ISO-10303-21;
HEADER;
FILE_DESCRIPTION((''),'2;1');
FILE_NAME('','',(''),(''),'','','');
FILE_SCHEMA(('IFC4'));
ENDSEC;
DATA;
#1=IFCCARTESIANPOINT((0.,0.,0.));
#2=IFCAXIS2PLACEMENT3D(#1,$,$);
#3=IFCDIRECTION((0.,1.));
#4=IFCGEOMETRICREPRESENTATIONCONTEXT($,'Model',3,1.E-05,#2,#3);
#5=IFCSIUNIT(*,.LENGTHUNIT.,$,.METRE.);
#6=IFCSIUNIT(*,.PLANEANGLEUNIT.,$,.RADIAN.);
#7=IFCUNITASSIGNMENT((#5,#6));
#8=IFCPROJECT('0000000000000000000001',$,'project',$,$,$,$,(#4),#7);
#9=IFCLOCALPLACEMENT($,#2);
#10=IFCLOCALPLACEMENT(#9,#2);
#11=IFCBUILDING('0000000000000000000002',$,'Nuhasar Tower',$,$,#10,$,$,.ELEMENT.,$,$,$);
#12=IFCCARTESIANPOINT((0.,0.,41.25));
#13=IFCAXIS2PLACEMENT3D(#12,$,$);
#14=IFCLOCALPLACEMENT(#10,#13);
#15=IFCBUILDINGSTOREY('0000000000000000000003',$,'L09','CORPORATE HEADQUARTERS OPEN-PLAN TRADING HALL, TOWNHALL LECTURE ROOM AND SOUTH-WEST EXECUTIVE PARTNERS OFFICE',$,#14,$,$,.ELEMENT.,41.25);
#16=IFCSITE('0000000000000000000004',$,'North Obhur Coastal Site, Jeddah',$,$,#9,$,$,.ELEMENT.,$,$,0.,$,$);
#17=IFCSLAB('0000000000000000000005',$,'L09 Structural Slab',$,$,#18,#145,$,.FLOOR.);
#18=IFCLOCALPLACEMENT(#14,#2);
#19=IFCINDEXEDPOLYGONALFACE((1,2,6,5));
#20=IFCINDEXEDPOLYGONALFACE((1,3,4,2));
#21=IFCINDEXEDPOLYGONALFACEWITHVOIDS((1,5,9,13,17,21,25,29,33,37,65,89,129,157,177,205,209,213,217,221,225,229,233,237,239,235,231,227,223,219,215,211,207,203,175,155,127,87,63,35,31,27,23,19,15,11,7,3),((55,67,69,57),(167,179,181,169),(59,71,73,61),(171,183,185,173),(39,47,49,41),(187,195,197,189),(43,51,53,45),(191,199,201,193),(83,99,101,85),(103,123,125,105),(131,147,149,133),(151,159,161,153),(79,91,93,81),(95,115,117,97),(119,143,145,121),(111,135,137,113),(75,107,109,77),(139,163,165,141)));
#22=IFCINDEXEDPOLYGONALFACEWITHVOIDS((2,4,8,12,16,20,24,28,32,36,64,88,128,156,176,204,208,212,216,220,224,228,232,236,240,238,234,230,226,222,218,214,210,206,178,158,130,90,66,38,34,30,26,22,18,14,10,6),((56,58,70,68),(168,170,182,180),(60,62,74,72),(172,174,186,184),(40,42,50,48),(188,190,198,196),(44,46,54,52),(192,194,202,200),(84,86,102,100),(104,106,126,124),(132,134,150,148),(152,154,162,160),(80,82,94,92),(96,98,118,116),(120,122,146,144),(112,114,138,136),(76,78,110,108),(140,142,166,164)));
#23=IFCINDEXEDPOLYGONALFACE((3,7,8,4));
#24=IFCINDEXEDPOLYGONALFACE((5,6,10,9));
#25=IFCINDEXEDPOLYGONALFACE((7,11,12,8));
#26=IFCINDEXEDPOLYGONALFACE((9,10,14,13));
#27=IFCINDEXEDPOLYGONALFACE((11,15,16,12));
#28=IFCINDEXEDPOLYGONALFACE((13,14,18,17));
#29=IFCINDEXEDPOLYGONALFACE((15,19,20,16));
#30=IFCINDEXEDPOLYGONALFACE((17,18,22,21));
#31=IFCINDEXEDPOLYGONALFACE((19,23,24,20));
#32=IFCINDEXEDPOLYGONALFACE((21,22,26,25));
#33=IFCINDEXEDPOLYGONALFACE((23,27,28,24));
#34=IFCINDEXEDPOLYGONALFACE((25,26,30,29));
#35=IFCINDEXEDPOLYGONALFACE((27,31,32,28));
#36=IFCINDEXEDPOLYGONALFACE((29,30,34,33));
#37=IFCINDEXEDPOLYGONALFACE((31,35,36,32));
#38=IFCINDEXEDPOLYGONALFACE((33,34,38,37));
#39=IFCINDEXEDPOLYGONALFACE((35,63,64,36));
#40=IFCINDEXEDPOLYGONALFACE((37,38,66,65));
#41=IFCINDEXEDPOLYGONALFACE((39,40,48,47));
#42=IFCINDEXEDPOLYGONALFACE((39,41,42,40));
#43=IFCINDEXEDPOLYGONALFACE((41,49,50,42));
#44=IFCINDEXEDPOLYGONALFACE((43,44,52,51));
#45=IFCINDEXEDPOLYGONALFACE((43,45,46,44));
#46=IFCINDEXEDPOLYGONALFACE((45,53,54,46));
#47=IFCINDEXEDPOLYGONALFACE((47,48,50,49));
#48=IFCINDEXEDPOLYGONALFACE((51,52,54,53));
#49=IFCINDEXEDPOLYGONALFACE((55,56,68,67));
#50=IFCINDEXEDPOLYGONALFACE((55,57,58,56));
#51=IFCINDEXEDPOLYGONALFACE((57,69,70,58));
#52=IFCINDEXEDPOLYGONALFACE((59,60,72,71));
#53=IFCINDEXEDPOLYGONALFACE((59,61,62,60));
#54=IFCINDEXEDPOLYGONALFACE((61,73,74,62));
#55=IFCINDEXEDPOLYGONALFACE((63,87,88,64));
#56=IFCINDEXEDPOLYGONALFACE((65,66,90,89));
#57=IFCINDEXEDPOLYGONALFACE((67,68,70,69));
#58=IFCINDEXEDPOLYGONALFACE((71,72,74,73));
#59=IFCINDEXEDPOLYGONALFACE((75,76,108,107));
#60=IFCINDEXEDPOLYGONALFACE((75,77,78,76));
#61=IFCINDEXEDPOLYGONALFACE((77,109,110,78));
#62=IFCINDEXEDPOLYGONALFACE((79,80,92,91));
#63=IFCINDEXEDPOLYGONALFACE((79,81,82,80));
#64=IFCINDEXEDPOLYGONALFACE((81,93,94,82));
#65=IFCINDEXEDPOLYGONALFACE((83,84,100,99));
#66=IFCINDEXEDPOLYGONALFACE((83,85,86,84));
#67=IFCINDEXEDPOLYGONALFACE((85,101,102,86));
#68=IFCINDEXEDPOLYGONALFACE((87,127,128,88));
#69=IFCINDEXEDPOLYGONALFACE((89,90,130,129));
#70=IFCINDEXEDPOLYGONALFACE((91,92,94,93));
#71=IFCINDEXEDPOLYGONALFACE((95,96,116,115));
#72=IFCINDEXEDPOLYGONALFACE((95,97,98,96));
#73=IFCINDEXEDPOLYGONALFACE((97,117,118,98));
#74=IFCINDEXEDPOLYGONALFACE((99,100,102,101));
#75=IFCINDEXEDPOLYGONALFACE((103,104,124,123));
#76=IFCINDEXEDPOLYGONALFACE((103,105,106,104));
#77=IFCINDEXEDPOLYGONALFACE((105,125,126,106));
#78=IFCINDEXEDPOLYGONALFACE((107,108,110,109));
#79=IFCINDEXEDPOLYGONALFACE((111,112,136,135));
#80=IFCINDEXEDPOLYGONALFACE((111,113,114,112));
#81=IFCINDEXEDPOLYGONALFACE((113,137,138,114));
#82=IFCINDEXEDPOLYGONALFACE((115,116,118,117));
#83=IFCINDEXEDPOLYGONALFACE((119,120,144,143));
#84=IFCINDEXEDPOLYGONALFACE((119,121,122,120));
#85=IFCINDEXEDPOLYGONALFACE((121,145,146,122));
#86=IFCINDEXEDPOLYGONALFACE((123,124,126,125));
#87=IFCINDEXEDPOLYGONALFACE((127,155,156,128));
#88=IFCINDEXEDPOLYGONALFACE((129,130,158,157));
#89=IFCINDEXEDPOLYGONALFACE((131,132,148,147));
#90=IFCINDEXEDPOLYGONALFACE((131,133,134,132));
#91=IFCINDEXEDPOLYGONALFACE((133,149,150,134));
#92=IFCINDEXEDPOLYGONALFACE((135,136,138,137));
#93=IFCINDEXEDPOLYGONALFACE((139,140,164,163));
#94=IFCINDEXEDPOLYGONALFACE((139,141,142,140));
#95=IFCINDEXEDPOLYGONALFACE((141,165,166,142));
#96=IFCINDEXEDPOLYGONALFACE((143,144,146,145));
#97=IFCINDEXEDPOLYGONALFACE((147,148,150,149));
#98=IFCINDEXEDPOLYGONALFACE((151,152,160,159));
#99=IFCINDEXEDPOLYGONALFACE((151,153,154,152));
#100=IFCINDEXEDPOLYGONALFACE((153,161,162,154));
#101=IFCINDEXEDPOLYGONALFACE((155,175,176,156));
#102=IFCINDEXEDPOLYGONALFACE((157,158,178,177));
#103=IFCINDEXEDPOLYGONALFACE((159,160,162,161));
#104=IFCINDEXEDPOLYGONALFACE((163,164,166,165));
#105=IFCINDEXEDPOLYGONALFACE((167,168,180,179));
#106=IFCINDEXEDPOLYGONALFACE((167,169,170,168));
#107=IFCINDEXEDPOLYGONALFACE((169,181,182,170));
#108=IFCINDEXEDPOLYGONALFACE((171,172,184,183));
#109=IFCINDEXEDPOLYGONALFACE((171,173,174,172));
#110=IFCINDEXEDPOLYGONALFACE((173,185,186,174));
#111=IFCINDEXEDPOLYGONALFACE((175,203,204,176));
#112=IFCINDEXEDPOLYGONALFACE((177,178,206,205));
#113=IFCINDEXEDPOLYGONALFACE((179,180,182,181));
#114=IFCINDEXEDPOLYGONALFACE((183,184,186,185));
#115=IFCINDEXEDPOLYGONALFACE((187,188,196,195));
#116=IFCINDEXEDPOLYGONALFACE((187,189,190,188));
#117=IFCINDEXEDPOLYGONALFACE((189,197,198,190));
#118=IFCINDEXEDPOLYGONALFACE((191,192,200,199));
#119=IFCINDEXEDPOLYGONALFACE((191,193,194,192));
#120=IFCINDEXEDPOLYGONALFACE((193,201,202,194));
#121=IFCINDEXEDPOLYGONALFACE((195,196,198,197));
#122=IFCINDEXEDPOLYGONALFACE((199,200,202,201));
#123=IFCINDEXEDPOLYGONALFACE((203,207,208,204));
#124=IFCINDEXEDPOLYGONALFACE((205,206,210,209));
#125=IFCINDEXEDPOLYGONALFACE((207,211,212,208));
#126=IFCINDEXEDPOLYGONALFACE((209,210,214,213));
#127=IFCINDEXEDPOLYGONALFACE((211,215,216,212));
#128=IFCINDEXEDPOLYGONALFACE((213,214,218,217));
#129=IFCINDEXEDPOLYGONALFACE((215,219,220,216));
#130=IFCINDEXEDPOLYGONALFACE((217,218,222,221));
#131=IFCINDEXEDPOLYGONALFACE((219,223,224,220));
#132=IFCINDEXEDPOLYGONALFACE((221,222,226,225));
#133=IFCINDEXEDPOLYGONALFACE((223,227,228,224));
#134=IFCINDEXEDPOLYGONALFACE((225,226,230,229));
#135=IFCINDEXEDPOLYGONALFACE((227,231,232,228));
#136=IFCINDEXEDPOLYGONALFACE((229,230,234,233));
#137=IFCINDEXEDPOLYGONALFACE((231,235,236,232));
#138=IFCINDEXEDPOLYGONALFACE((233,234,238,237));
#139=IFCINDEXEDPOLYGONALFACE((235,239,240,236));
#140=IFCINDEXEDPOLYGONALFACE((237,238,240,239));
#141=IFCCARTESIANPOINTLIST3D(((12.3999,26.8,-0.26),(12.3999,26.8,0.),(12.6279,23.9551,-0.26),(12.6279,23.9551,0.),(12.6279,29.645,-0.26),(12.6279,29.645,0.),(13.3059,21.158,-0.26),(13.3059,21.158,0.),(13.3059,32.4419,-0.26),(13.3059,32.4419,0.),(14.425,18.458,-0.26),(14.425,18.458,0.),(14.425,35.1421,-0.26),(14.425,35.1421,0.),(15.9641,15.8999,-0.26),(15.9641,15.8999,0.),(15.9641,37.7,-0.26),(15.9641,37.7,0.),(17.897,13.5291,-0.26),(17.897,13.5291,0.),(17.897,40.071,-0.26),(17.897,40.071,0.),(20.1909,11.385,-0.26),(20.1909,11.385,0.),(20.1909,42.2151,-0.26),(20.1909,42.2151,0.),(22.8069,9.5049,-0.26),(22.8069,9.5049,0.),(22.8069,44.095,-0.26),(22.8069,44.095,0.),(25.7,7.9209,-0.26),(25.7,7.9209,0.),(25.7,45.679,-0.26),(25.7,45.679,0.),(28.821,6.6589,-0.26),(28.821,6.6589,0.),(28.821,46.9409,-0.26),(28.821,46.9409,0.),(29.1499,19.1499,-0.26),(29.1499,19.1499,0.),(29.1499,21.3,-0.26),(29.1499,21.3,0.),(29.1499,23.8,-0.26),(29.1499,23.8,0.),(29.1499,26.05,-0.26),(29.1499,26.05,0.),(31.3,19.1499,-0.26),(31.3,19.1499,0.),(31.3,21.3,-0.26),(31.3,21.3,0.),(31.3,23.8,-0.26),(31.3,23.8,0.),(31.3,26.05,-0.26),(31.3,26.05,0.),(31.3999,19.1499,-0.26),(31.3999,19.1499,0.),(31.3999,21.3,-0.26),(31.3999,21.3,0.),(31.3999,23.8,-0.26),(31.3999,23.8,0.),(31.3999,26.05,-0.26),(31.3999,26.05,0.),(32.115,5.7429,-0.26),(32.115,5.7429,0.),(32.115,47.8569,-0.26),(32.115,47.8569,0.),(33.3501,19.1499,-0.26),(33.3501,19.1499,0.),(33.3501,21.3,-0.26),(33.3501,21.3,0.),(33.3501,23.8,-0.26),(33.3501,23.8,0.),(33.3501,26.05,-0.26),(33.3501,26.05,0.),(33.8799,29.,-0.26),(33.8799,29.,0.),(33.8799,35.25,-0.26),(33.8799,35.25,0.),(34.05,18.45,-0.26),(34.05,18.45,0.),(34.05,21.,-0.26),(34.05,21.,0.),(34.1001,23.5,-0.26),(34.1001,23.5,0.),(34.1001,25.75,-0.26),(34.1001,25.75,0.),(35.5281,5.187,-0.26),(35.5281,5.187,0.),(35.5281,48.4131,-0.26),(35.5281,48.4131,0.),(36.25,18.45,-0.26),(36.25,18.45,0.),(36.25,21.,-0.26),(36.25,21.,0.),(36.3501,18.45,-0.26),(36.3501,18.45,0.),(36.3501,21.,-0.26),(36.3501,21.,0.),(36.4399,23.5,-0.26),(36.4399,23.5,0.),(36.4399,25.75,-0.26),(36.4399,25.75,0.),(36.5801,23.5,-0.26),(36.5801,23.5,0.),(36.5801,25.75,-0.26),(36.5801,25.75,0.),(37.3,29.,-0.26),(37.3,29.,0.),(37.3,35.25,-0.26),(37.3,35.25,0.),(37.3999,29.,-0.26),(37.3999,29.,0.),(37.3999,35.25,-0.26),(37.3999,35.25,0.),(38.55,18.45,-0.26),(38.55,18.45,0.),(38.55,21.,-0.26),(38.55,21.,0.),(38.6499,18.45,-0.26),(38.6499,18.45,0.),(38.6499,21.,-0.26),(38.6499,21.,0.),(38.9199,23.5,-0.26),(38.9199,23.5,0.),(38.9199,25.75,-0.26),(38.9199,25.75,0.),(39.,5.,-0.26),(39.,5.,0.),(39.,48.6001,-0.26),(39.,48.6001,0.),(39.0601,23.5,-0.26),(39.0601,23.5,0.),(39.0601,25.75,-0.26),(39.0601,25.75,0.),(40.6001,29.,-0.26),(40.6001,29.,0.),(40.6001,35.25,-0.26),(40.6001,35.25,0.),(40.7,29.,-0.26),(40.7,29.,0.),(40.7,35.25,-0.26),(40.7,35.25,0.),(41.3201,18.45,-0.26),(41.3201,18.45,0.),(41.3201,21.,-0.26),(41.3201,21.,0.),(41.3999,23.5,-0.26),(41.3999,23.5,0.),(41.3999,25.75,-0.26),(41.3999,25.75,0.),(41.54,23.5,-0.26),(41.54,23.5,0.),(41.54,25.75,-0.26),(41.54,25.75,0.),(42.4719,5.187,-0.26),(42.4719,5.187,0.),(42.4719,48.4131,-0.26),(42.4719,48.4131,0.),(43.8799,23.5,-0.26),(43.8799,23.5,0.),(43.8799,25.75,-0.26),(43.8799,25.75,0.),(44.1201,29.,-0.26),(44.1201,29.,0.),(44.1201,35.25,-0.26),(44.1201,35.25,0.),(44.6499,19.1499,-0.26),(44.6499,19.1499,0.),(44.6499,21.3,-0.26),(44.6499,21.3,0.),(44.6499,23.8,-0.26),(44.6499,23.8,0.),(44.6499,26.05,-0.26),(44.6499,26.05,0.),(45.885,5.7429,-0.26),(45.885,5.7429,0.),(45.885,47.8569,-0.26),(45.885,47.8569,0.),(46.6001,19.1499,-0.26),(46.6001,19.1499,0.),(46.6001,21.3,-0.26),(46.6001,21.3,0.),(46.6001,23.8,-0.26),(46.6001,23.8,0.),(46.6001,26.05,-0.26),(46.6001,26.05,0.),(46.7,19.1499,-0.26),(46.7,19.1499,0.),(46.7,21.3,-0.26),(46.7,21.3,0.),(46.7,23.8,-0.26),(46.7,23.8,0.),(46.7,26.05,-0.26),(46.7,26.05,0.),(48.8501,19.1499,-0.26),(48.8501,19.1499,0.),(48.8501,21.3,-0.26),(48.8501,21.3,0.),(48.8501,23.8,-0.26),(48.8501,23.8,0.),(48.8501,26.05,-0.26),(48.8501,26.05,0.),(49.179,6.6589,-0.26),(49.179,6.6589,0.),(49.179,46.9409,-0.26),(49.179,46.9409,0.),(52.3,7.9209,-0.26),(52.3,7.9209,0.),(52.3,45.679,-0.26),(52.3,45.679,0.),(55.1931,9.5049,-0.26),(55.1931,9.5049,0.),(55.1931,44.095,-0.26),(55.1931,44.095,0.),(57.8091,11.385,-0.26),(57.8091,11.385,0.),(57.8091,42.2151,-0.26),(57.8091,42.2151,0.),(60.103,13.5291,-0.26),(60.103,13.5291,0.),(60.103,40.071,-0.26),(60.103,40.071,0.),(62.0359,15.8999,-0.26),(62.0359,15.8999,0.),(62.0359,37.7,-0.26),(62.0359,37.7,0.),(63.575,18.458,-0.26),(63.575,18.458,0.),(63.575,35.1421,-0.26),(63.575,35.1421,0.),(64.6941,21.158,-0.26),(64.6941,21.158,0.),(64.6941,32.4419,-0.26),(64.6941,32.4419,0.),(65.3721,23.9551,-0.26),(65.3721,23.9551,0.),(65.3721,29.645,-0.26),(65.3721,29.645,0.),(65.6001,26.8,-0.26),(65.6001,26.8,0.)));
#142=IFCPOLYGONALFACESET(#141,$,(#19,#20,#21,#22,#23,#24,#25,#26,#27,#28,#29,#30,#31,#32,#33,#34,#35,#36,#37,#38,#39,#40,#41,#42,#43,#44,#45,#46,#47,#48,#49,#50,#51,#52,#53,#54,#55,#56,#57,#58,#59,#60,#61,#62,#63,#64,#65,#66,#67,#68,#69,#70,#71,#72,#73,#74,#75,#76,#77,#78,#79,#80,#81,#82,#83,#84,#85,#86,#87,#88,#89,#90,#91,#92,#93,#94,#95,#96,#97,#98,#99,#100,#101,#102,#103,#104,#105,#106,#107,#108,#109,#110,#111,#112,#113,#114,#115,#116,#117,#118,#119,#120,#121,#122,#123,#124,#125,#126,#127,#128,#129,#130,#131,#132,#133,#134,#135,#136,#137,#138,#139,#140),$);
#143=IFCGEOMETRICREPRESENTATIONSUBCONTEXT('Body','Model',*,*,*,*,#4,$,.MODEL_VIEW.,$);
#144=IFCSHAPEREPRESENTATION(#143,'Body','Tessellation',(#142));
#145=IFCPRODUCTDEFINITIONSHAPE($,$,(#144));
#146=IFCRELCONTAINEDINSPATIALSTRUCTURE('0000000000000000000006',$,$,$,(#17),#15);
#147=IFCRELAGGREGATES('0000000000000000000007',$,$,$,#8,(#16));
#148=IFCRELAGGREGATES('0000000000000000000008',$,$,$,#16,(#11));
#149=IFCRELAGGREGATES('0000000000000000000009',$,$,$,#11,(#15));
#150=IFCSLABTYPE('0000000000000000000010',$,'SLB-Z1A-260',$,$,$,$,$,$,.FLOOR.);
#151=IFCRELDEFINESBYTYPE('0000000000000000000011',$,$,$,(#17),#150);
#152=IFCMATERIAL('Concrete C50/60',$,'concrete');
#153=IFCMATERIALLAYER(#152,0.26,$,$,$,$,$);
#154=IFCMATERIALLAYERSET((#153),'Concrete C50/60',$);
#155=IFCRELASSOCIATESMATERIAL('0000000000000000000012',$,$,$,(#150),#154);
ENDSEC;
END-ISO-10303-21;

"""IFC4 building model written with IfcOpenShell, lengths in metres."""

from ifc_helpers import new_model, si_unit, direction, frame, origin, place, context, subcontext, project, spatial, polyline, outline, extrude, material, layer, layer_set, type_object, element, save


model = new_model("IFC4")

# Units and contexts
model_context = context("Model", 3, precision=1e-05, world=origin(), true_north=direction((0.0, 1.0)))
body_context = subcontext(model_context, "Body", "Model", "MODEL_VIEW")
ifc_project = project(units=[si_unit("LENGTHUNIT", "METRE"), si_unit("PLANEANGLEUNIT", "RADIAN")], contexts=[model_context])

# Site, building, storey
site_placement = place(None, origin())
site = spatial("IfcSite", under=ifc_project, at=site_placement, Name="North Obhur Coastal Site, Jeddah", CompositionType="ELEMENT", RefElevation=0.0)
building_placement = place(site_placement, origin())
building = spatial("IfcBuilding", under=site, at=building_placement, Name="Nuhasar Tower", CompositionType="ELEMENT")
storey_placement = place(building_placement, frame((0.0, 0.0, 41.25)))
storey = spatial("IfcBuildingStorey", under=building, at=storey_placement, Name="L09", Description="CORPORATE HEADQUARTERS OPEN-PLAN TRADING HALL, TOWNHALL LECTURE ROOM AND SOUTH-WEST EXECUTIVE PARTNERS OFFICE", CompositionType="ELEMENT", Elevation=41.25)

# Slab
ifc_material_1 = material(Name="Concrete C50/60", Category="concrete")
ifc_layer_1 = layer(ifc_material_1, 0.26)
ifc_layer_set_1 = layer_set([ifc_layer_1], Name="Concrete C50/60")
slab_type_1 = type_object("IfcSlabType", Name="SLB-Z1A-260", PredefinedType="FLOOR", material=ifc_layer_set_1)
slab_1_placement = place(storey_placement, frame((0.0, 0.0, -0.26)))
element("IfcSlab", 1, at=slab_1_placement, inside=storey, type_object=slab_type_1, Name="L09 Structural Slab", PredefinedType="FLOOR", context=body_context, shape_type="SweptSolid", body=[
    extrude(outline(polyline([(65.6001, 26.8), (65.3721, 29.645), (64.6941, 32.4419), (63.575, 35.1421), (62.0359, 37.7), (60.103, 40.071), (57.8091, 42.2151), (55.1931, 44.095), (52.3, 45.679), (49.179, 46.9409), (45.885, 47.8569), (42.4719, 48.4131), (39.0, 48.6001), (35.5281, 48.4131), (32.115, 47.8569), (28.821, 46.9409), (25.7, 45.679), (22.8069, 44.095), (20.1909, 42.2151), (17.897, 40.071), (15.9641, 37.7), (14.425, 35.1421), (13.3059, 32.4419), (12.6279, 29.645), (12.3999, 26.8), (12.6279, 23.9551), (13.3059, 21.158), (14.425, 18.458), (15.9641, 15.8999), (17.897, 13.5291), (20.1909, 11.385), (22.8069, 9.5049), (25.7, 7.9209), (28.821, 6.6589), (32.115, 5.7429), (35.5281, 5.187), (39.0, 5.0), (42.4719, 5.187), (45.885, 5.7429), (49.179, 6.6589), (52.3, 7.9209), (55.1931, 9.5049), (57.8091, 11.385), (60.103, 13.5291), (62.0359, 15.8999), (63.575, 18.458), (64.6941, 21.158), (65.3721, 23.9551), (65.6001, 26.8)]), holes=[polyline([(33.8799, 35.25), (37.3, 35.25), (37.3, 29.0), (33.8799, 29.0), (33.8799, 35.25)]), polyline([(37.3999, 35.25), (40.6001, 35.25), (40.6001, 29.0), (37.3999, 29.0), (37.3999, 35.25)]), polyline([(40.7, 35.25), (44.1201, 35.25), (44.1201, 29.0), (40.7, 29.0), (40.7, 35.25)]), polyline([(29.1499, 26.05), (31.3, 26.05), (31.3, 23.8), (29.1499, 23.8), (29.1499, 26.05)]), polyline([(31.3999, 26.05), (33.3501, 26.05), (33.3501, 23.8), (31.3999, 23.8), (31.3999, 26.05)]), polyline([(29.1499, 21.3), (31.3, 21.3), (31.3, 19.1499), (29.1499, 19.1499), (29.1499, 21.3)]), polyline([(31.3999, 21.3), (33.3501, 21.3), (33.3501, 19.1499), (31.3999, 19.1499), (31.3999, 21.3)]), polyline([(44.6499, 26.05), (46.6001, 26.05), (46.6001, 23.8), (44.6499, 23.8), (44.6499, 26.05)]), polyline([(46.7, 26.05), (48.8501, 26.05), (48.8501, 23.8), (46.7, 23.8), (46.7, 26.05)]), polyline([(44.6499, 21.3), (46.6001, 21.3), (46.6001, 19.1499), (44.6499, 19.1499), (44.6499, 21.3)]), polyline([(46.7, 21.3), (48.8501, 21.3), (48.8501, 19.1499), (46.7, 19.1499), (46.7, 21.3)]), polyline([(34.1001, 25.75), (36.4399, 25.75), (36.4399, 23.5), (34.1001, 23.5), (34.1001, 25.75)]), polyline([(36.5801, 25.75), (38.9199, 25.75), (38.9199, 23.5), (36.5801, 23.5), (36.5801, 25.75)]), polyline([(39.0601, 25.75), (41.3999, 25.75), (41.3999, 23.5), (39.0601, 23.5), (39.0601, 25.75)]), polyline([(41.54, 25.75), (43.8799, 25.75), (43.8799, 23.5), (41.54, 23.5), (41.54, 25.75)]), polyline([(34.05, 21.0), (36.25, 21.0), (36.25, 18.45), (34.05, 18.45), (34.05, 21.0)]), polyline([(36.3501, 21.0), (38.55, 21.0), (38.55, 18.45), (36.3501, 18.45), (36.3501, 21.0)]), polyline([(38.6499, 21.0), (41.3201, 21.0), (41.3201, 18.45), (38.6499, 18.45), (38.6499, 21.0)])]), origin(), (0.0, 0.0, 1.0), 0.26),
])

save(model, "model.ifc")
